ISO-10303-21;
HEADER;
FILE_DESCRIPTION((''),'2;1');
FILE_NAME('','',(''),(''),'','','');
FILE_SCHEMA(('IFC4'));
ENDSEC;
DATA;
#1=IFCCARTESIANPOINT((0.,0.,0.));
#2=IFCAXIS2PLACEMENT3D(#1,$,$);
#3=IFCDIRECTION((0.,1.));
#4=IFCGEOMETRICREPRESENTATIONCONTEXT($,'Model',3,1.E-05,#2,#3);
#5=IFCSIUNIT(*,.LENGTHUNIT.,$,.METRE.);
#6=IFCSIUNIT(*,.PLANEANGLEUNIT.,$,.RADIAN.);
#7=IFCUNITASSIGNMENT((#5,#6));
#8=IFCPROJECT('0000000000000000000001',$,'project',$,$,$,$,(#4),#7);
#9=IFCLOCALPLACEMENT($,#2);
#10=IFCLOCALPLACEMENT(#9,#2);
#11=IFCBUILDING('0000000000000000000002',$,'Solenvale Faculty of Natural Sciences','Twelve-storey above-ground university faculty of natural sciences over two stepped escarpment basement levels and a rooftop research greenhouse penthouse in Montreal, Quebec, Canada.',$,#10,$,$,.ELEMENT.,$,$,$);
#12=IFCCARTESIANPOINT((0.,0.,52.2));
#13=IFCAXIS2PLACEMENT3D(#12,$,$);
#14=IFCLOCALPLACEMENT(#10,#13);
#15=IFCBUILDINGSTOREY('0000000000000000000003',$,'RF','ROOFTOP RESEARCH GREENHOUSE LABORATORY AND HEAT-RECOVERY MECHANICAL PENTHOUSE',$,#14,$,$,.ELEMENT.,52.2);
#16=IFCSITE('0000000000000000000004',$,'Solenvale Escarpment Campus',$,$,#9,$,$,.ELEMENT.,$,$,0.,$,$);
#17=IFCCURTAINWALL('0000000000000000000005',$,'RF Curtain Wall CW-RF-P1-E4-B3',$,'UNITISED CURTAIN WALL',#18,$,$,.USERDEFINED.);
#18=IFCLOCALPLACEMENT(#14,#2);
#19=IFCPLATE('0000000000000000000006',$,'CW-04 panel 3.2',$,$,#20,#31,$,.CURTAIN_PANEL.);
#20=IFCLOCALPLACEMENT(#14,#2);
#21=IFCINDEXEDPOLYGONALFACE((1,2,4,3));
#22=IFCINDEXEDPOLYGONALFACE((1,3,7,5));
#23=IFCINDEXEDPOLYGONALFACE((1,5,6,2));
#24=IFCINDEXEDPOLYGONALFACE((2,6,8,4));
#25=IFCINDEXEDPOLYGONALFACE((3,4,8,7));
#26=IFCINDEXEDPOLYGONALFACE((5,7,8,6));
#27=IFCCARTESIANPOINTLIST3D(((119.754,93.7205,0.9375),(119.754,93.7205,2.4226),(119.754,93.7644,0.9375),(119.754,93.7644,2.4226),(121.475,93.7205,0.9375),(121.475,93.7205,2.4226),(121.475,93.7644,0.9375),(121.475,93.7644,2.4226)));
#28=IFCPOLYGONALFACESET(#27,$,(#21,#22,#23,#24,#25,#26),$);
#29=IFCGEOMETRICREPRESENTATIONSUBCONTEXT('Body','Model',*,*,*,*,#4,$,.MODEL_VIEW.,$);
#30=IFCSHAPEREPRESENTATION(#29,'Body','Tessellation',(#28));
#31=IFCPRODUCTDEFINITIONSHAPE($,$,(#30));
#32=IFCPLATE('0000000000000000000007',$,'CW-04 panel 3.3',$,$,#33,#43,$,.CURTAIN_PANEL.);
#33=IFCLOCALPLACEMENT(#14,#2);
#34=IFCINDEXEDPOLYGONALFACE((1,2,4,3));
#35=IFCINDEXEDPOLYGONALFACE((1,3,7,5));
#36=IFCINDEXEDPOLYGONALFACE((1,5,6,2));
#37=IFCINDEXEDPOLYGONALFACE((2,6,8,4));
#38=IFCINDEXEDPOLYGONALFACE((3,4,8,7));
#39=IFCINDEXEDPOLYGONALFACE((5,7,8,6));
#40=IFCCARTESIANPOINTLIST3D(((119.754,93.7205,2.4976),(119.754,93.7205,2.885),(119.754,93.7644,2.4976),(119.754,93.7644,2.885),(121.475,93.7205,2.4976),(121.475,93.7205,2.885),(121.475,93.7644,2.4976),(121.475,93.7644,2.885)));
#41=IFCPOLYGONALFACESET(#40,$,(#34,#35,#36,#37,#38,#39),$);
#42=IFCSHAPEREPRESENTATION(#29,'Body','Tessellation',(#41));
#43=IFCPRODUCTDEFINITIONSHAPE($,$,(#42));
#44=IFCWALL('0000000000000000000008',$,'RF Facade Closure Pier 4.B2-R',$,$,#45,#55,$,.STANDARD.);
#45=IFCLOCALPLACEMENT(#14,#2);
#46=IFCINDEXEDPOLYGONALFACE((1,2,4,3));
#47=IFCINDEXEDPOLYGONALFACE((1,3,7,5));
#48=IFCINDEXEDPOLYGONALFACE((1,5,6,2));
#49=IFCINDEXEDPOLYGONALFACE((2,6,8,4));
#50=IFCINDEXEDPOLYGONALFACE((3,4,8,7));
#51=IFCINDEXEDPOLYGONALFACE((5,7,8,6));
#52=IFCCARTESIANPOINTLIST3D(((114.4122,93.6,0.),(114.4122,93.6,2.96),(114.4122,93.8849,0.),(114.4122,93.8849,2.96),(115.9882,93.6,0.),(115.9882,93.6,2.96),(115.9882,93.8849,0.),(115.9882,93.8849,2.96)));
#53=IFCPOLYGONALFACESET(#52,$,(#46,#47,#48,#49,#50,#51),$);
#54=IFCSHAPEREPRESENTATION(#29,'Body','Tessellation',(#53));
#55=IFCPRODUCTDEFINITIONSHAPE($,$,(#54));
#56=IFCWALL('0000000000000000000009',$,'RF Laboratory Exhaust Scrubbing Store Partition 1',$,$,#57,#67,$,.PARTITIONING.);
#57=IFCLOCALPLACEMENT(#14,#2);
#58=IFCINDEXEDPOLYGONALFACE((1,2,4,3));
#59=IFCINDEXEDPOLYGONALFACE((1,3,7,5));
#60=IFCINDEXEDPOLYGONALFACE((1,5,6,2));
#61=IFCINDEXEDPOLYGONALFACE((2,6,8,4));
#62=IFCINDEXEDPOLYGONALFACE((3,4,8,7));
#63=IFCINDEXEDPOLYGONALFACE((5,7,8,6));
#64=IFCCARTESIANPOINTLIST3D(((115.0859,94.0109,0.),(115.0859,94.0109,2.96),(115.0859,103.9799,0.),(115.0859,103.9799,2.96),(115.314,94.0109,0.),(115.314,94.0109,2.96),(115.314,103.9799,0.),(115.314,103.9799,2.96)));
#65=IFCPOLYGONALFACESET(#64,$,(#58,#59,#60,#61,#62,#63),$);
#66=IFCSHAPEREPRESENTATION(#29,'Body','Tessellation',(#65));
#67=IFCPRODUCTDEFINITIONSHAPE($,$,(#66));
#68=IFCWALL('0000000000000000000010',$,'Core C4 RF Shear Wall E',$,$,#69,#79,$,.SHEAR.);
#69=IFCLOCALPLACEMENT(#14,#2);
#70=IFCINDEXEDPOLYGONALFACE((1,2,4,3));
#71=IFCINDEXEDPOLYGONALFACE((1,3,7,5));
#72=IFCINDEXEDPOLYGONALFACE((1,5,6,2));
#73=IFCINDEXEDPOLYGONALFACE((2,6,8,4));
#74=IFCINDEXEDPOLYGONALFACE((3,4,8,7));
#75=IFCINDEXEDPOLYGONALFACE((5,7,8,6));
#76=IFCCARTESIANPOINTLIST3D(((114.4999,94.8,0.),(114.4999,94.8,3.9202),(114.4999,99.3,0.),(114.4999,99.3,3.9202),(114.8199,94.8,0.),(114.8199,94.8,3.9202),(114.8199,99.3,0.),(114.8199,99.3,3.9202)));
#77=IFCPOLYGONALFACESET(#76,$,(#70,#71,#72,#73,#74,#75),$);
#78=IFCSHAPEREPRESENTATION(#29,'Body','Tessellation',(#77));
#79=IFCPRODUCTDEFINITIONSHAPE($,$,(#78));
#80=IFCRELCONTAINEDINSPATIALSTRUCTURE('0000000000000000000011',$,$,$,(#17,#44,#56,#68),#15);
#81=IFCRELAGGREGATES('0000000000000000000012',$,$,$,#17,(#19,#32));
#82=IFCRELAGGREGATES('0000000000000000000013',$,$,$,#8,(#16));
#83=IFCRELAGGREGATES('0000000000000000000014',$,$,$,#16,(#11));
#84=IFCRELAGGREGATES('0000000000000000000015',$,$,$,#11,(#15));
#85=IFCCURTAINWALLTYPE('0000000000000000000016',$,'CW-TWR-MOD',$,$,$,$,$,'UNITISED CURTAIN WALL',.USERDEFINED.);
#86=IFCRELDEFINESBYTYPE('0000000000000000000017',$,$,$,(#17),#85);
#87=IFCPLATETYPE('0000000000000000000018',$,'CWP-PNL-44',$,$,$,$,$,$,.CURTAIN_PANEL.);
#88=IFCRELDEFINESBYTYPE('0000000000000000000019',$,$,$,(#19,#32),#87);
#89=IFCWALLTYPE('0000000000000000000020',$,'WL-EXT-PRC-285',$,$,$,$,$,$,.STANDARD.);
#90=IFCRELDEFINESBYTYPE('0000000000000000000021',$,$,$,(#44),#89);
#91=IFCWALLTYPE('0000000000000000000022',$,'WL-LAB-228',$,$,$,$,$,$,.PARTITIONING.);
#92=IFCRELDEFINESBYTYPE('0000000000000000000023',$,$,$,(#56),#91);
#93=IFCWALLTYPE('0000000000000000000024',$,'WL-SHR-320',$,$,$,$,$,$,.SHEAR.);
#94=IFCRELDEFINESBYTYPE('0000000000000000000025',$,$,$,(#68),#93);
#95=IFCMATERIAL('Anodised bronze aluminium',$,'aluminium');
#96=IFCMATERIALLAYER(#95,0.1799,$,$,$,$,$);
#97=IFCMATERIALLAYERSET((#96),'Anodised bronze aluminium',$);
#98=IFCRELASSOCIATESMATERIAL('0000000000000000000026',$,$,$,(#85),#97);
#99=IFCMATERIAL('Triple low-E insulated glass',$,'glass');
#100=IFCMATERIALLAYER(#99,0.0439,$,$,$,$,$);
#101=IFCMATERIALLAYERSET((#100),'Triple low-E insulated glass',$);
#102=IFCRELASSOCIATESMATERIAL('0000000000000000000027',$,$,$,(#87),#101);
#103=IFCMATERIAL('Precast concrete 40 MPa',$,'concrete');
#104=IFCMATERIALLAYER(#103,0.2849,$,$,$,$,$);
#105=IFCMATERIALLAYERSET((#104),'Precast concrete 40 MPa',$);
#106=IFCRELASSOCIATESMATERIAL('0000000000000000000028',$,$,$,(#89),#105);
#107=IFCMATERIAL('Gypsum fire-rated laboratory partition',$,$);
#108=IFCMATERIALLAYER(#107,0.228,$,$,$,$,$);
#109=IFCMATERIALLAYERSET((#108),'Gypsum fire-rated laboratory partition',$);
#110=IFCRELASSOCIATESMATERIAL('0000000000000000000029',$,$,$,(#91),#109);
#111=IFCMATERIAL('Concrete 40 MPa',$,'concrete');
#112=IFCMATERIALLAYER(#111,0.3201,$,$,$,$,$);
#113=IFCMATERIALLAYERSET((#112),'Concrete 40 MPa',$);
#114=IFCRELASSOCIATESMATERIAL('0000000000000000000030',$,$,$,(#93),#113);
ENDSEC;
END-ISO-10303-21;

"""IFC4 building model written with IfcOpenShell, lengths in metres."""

from ifc_helpers import new_model, si_unit, direction, frame, frame_2d, origin, origin_2d, place, context, subcontext, project, spatial, rectangle, extrude, material, layer, layer_set, type_object, element, aggregate, save


model = new_model("IFC4")

# Units and contexts
model_context = context("Model", 3, precision=1e-05, world=origin(), true_north=direction((0.0, 1.0)))
body_context = subcontext(model_context, "Body", "Model", "MODEL_VIEW")
ifc_project = project(units=[si_unit("LENGTHUNIT", "METRE"), si_unit("PLANEANGLEUNIT", "RADIAN")], contexts=[model_context])

# Site, building, storey
site_placement = place(None, origin())
site = spatial("IfcSite", under=ifc_project, at=site_placement, Name="Solenvale Escarpment Campus", CompositionType="ELEMENT", RefElevation=0.0)
building_placement = place(site_placement, origin())
building = spatial("IfcBuilding", under=site, at=building_placement, Name="Solenvale Faculty of Natural Sciences", Description="Twelve-storey above-ground university faculty of natural sciences over two stepped escarpment basement levels and a rooftop research greenhouse penthouse in Montreal, Quebec, Canada.", CompositionType="ELEMENT")
storey_placement = place(building_placement, frame((0.0, 0.0, 52.2)))
storey = spatial("IfcBuildingStorey", under=building, at=storey_placement, Name="RF", Description="ROOFTOP RESEARCH GREENHOUSE LABORATORY AND HEAT-RECOVERY MECHANICAL PENTHOUSE", CompositionType="ELEMENT", Elevation=52.2)

# Shared definitions
ifc_material_1 = material(Name="Concrete 40 MPa", Category="concrete")

# Shared definitions
ifc_material_2 = material(Name="Anodised bronze aluminium", Category="aluminium")
ifc_layer_1 = layer(ifc_material_2, 0.1799)
ifc_layer_set_1 = layer_set([ifc_layer_1], Name="Anodised bronze aluminium")
curtain_wall_type = type_object("IfcCurtainWallType", Name="CW-TWR-MOD", ElementType="UNITISED CURTAIN WALL", PredefinedType="USERDEFINED", material=ifc_layer_set_1)

# Curtain wall
curtain_wall_1_placement = place(storey_placement, origin())
curtain_wall_1 = element("IfcCurtainWall", 1, at=curtain_wall_1_placement, inside=storey, type_object=curtain_wall_type, Name="RF Curtain Wall CW-RF-P1-E4-B3", ObjectType="UNITISED CURTAIN WALL", PredefinedType="USERDEFINED")

# Plates
ifc_material_3 = material(Name="Triple low-E insulated glass", Category="glass")
ifc_layer_2 = layer(ifc_material_3, 0.0439)
ifc_layer_set_2 = layer_set([ifc_layer_2], Name="Triple low-E insulated glass")
plate_type_1 = type_object("IfcPlateType", Name="CWP-PNL-44", PredefinedType="CURTAIN_PANEL", material=ifc_layer_set_2)
plate_1_placement = place(storey_placement, frame((120.6145, 93.7424, 0.9375), z_axis=(0.0, 0.0, 1.0), x_axis=(1.0, 0.0, 0.0)))
plate_1 = element("IfcPlate", 2, at=plate_1_placement, type_object=plate_type_1, Name="CW-04 panel 3.2", PredefinedType="CURTAIN_PANEL", context=body_context, shape_type="SweptSolid", body=[
    extrude(rectangle(XDim=1.7209, YDim=0.0439, at=origin_2d()), origin(), (0.0, 0.0, 1.0), 1.4851),
])
plate_2_placement = place(storey_placement, frame((120.6145, 93.7424, 2.4976), z_axis=(0.0, 0.0, 1.0), x_axis=(1.0, 0.0, 0.0)))
plate_2 = element("IfcPlate", 3, at=plate_2_placement, type_object=plate_type_1, Name="CW-04 panel 3.3", PredefinedType="CURTAIN_PANEL", context=body_context, shape_type="SweptSolid", body=[
    extrude(rectangle(XDim=1.7209, YDim=0.0439, at=origin_2d()), origin(), (0.0, 0.0, 1.0), 0.3875),
])
aggregate(curtain_wall_1, [plate_1, plate_2])

# Walls
ifc_material_4 = material(Name="Precast concrete 40 MPa", Category="concrete")
ifc_layer_3 = layer(ifc_material_4, 0.2849)
ifc_layer_set_3 = layer_set([ifc_layer_3], Name="Precast concrete 40 MPa")
wall_type_1 = type_object("IfcWallType", Name="WL-EXT-PRC-285", PredefinedType="STANDARD", material=ifc_layer_set_3)
wall_1_placement = place(storey_placement, frame((114.4121, 93.7424, 0.0), z_axis=(0.0, 0.0, 1.0), x_axis=(1.0, 0.0, 0.0)))
element("IfcWall", 4, at=wall_1_placement, inside=storey, type_object=wall_type_1, Name="RF Facade Closure Pier 4.B2-R", PredefinedType="STANDARD", context=body_context, shape_type="SweptSolid", body=[
    extrude(rectangle(XDim=1.5759, YDim=0.2849, at=frame_2d((0.7881, 0.0))), origin(), (0.0, 0.0, 1.0), 2.96),
])
ifc_material_5 = material(Name="Gypsum fire-rated laboratory partition")
ifc_layer_4 = layer(ifc_material_5, 0.228)
ifc_layer_set_4 = layer_set([ifc_layer_4], Name="Gypsum fire-rated laboratory partition")
wall_type_2 = type_object("IfcWallType", Name="WL-LAB-228", PredefinedType="PARTITIONING", material=ifc_layer_set_4)
wall_2_placement = place(storey_placement, frame((115.2, 94.011, 0.0), z_axis=(0.0, 0.0, 1.0), x_axis=(0.0, 1.0, 0.0)))
element("IfcWall", 5, at=wall_2_placement, inside=storey, type_object=wall_type_2, Name="RF Laboratory Exhaust Scrubbing Store Partition 1", PredefinedType="PARTITIONING", context=body_context, shape_type="SweptSolid", body=[
    extrude(rectangle(XDim=9.969, YDim=0.228, at=frame_2d((4.9844, 0.0))), origin(), (0.0, 0.0, 1.0), 2.96),
])
ifc_layer_5 = layer(ifc_material_1, 0.3201)
ifc_layer_set_5 = layer_set([ifc_layer_5], Name="Concrete 40 MPa")
wall_type_3 = type_object("IfcWallType", Name="WL-SHR-320", PredefinedType="SHEAR", material=ifc_layer_set_5)
wall_3_placement = place(storey_placement, frame((114.6599, 94.8, 0.0), z_axis=(0.0, 0.0, 1.0), x_axis=(0.0, 1.0, 0.0)))
element("IfcWall", 6, at=wall_3_placement, inside=storey, type_object=wall_type_3, Name="Core C4 RF Shear Wall E", PredefinedType="SHEAR", context=body_context, shape_type="SweptSolid", body=[
    extrude(rectangle(XDim=4.5, YDim=0.3201, at=frame_2d((2.25, 0.0))), origin(), (0.0, 0.0, 1.0), 3.9202),
])

save(model, "model.ifc")
